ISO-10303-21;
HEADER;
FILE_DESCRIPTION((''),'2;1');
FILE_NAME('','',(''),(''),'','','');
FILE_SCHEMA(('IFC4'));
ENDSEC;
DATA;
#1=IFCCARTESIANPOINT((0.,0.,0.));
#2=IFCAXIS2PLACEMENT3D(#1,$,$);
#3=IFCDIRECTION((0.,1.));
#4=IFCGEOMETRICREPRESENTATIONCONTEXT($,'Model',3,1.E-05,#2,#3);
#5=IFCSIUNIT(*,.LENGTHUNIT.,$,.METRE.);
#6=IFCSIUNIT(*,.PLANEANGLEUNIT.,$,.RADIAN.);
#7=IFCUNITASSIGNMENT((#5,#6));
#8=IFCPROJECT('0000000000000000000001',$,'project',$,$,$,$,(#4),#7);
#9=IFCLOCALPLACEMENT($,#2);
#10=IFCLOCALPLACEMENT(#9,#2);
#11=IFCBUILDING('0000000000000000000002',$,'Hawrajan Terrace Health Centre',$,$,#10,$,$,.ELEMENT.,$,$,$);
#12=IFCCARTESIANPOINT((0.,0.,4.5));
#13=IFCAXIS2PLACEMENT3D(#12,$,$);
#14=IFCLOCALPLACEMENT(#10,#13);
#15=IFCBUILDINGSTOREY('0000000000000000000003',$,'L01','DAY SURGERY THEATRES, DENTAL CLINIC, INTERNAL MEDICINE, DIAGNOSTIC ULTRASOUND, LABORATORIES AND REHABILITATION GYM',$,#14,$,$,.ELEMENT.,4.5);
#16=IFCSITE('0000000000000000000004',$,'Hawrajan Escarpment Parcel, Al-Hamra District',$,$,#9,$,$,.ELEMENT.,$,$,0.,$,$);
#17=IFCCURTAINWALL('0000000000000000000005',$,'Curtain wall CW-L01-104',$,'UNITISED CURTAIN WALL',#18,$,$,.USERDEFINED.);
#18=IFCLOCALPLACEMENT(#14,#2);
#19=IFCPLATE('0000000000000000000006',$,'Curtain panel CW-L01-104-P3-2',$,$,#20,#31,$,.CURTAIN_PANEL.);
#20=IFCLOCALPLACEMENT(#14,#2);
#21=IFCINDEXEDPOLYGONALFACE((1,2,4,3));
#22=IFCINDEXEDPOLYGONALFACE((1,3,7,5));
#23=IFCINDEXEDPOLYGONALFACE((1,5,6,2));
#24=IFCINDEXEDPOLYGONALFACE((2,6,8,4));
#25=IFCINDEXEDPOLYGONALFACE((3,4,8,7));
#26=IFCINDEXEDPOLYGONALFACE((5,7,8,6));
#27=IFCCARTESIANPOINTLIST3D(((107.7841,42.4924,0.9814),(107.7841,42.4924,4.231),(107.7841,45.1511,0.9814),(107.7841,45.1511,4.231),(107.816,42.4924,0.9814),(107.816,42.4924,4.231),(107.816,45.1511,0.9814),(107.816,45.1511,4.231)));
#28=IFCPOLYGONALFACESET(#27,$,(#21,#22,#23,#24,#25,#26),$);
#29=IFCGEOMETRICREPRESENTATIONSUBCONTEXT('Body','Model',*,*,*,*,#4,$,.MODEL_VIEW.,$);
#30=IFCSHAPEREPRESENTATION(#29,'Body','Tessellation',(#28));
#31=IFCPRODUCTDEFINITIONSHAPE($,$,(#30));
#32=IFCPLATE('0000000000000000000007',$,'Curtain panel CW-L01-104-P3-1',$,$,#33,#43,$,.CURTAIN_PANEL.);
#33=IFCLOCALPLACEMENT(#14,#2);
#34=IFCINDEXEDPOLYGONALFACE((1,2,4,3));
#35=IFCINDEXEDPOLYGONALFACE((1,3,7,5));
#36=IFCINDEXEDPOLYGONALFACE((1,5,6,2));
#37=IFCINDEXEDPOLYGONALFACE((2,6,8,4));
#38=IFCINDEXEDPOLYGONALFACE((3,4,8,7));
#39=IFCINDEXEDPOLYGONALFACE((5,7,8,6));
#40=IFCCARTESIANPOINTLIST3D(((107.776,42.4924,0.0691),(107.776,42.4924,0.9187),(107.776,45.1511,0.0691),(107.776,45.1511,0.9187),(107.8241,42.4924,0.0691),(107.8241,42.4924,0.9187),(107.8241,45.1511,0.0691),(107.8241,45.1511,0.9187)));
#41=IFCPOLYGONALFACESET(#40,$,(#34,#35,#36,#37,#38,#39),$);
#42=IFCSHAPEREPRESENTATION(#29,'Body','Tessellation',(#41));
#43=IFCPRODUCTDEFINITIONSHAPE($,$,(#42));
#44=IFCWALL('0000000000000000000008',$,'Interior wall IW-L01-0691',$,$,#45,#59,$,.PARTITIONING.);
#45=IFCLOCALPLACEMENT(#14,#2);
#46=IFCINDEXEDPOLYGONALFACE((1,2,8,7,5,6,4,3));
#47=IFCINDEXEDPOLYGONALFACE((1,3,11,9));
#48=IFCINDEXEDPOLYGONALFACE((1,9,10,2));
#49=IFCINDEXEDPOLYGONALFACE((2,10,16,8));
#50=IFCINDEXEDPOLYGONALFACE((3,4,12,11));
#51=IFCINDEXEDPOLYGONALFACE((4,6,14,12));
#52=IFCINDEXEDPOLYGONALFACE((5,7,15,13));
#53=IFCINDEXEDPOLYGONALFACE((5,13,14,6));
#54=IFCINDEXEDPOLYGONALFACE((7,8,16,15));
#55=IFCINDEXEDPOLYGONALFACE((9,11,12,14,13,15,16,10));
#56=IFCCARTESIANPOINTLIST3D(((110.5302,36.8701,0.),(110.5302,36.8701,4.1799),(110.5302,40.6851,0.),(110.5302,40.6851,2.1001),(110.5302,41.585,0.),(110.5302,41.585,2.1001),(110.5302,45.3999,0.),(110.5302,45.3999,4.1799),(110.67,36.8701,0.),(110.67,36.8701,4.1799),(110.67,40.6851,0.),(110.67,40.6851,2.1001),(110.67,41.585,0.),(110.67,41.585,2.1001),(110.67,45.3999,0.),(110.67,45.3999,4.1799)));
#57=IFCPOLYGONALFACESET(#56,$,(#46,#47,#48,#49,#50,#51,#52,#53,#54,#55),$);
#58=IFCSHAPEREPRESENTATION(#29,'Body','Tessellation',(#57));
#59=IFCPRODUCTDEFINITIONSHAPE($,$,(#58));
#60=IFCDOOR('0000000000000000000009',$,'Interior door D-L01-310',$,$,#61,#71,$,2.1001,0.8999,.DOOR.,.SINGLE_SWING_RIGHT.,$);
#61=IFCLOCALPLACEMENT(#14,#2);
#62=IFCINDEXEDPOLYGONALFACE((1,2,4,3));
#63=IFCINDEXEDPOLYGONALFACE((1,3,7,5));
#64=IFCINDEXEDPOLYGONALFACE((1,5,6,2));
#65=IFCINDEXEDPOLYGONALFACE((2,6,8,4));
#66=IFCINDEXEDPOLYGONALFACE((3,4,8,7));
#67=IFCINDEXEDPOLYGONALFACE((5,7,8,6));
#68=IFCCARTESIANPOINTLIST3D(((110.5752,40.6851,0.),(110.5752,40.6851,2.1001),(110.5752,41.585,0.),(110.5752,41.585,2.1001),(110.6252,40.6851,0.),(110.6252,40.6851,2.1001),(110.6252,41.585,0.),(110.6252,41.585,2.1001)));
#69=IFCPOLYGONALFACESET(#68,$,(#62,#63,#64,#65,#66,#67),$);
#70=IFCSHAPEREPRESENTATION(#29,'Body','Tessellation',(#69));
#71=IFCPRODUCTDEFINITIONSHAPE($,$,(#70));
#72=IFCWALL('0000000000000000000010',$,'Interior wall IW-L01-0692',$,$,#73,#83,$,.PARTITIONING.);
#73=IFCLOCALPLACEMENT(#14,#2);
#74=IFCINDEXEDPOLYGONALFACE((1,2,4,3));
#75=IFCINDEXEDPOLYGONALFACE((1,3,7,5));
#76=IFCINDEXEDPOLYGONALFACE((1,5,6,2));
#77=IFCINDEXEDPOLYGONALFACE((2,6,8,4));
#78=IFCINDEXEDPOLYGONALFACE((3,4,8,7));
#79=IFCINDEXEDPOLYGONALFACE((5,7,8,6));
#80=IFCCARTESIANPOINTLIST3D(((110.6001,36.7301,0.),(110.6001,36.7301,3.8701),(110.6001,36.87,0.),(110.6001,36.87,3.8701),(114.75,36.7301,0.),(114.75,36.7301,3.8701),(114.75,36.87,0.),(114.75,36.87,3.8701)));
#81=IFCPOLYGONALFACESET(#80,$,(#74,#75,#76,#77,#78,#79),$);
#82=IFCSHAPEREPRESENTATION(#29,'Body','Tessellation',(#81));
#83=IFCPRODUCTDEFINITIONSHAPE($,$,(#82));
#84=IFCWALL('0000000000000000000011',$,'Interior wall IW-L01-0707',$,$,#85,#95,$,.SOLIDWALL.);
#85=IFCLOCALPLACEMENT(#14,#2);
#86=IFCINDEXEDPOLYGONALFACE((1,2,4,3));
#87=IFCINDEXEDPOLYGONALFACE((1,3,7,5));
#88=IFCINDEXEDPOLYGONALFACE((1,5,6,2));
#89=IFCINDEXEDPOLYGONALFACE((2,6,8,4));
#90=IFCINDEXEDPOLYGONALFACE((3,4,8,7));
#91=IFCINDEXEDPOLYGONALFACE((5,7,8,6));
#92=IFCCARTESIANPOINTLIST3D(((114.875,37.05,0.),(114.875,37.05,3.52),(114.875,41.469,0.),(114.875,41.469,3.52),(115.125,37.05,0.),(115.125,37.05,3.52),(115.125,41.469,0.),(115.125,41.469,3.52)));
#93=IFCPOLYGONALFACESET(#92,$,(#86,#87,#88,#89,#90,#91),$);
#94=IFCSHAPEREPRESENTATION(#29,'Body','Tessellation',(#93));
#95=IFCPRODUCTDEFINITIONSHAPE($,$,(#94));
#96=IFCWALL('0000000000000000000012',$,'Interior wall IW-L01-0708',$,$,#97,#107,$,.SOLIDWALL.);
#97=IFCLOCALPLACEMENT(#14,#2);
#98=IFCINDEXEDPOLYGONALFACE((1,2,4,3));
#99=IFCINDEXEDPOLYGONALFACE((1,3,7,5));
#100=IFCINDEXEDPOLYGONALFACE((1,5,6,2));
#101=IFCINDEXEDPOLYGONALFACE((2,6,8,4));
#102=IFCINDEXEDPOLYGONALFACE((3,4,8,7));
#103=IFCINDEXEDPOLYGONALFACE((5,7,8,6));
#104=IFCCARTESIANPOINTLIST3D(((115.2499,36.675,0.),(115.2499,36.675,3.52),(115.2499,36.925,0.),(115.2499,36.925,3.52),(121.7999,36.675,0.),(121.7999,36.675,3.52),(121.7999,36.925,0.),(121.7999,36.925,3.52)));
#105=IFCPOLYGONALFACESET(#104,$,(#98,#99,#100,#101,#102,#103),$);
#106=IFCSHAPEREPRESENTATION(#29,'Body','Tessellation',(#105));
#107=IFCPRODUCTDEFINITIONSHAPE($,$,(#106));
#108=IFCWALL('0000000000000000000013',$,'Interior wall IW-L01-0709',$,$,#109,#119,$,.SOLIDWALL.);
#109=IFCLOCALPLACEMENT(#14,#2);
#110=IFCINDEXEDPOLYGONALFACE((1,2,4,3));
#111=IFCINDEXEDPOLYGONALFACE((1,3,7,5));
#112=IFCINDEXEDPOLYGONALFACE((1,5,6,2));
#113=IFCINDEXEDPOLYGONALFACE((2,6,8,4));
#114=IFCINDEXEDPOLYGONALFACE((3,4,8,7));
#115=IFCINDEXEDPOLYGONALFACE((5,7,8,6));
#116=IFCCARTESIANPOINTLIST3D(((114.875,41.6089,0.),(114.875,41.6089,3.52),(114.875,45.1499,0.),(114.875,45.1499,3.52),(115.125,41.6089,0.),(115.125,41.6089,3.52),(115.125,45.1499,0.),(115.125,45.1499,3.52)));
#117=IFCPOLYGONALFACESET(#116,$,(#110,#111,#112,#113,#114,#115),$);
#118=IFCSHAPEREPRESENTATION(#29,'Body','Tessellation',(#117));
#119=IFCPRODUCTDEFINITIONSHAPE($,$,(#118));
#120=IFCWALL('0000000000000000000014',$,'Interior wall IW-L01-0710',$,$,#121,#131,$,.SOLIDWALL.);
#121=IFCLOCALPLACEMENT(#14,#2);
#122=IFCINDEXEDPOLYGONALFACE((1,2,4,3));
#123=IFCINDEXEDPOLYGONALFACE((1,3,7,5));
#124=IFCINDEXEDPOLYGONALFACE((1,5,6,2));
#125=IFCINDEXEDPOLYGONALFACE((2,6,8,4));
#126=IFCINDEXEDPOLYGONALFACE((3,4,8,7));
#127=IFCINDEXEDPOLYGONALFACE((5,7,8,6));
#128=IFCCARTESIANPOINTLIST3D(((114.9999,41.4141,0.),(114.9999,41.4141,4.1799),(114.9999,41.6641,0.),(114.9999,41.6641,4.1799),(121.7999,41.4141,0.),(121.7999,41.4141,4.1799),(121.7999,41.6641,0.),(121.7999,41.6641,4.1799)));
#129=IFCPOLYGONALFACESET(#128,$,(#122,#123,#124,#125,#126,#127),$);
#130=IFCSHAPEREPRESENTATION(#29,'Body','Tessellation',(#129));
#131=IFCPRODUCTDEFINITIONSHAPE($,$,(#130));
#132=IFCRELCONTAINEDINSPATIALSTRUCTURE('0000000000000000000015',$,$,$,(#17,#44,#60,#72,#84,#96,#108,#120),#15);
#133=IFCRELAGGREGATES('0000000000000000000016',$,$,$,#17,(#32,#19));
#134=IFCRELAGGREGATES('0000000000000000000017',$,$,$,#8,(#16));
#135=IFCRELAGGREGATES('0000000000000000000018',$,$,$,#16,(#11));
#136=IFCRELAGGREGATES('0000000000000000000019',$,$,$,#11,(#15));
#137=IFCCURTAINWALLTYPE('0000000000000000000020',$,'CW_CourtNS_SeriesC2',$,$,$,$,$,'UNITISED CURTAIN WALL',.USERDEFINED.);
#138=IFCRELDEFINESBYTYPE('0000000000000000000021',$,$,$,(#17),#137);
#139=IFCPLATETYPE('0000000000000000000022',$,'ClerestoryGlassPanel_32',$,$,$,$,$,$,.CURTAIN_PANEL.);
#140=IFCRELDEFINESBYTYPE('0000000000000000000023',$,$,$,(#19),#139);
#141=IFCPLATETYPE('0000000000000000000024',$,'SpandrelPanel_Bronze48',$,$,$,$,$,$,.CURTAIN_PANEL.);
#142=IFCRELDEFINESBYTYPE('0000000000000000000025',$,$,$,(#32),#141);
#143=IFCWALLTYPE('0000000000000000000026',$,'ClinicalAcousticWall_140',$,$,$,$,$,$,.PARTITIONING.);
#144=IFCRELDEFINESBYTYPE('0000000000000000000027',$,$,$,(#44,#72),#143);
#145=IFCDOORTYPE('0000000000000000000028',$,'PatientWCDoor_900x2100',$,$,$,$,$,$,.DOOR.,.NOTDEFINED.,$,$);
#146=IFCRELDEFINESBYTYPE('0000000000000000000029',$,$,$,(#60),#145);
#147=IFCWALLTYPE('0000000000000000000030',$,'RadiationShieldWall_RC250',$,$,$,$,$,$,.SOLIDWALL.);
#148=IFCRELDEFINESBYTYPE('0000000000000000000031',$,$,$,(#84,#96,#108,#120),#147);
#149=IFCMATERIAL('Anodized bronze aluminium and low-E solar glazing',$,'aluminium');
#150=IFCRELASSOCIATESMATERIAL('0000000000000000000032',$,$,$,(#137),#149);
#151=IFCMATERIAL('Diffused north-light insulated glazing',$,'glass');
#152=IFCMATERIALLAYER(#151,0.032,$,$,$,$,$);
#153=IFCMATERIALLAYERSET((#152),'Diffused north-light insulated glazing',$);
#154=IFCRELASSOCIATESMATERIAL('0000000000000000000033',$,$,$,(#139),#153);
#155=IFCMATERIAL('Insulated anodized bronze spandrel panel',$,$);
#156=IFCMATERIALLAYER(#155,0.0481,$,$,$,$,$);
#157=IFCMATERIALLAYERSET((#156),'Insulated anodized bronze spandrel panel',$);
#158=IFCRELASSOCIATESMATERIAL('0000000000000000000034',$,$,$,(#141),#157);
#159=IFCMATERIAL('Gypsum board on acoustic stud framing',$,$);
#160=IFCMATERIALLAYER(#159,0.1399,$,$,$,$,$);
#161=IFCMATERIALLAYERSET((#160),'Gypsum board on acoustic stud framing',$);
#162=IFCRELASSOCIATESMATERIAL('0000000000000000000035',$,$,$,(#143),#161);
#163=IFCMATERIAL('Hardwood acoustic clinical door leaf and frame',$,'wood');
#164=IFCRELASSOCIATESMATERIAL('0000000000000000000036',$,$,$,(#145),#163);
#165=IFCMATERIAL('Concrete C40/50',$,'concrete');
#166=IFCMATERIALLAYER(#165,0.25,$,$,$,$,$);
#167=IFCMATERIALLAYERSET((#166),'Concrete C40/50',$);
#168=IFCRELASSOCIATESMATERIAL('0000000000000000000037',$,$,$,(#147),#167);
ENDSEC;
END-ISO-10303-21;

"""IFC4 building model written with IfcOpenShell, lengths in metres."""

from ifc_helpers import new_model, si_unit, direction, frame, frame_2d, origin, origin_2d, place, context, subcontext, project, spatial, rectangle, extrude, material, layer, layer_set, type_object, element, fill, aggregate, save


model = new_model("IFC4")

# Units and contexts
model_context = context("Model", 3, precision=1e-05, world=origin(), true_north=direction((0.0, 1.0)))
body_context = subcontext(model_context, "Body", "Model", "MODEL_VIEW")
ifc_project = project(units=[si_unit("LENGTHUNIT", "METRE"), si_unit("PLANEANGLEUNIT", "RADIAN")], contexts=[model_context])

# Site, building, storey
site_placement = place(None, origin())
site = spatial("IfcSite", under=ifc_project, at=site_placement, Name="Hawrajan Escarpment Parcel, Al-Hamra District", CompositionType="ELEMENT", RefElevation=0.0)
building_placement = place(site_placement, origin())
building = spatial("IfcBuilding", under=site, at=building_placement, Name="Hawrajan Terrace Health Centre", CompositionType="ELEMENT")
storey_placement = place(building_placement, frame((0.0, 0.0, 4.5)))
storey = spatial("IfcBuildingStorey", under=building, at=storey_placement, Name="L01", Description="DAY SURGERY THEATRES, DENTAL CLINIC, INTERNAL MEDICINE, DIAGNOSTIC ULTRASOUND, LABORATORIES AND REHABILITATION GYM", CompositionType="ELEMENT", Elevation=4.5)

# Shared definitions
ifc_material_1 = material(Name="Concrete C40/50", Category="concrete")

# Shared definitions
ifc_material_2 = material(Name="Anodized bronze aluminium and low-E solar glazing", Category="aluminium")

# Curtain wall
curtain_wall_type_1 = type_object("IfcCurtainWallType", Name="CW_CourtNS_SeriesC2", ElementType="UNITISED CURTAIN WALL", PredefinedType="USERDEFINED", material=ifc_material_2)
curtain_wall_1_placement = place(storey_placement, origin())
curtain_wall_1 = element("IfcCurtainWall", 1, at=curtain_wall_1_placement, inside=storey, type_object=curtain_wall_type_1, Name="Curtain wall CW-L01-104", ObjectType="UNITISED CURTAIN WALL", PredefinedType="USERDEFINED")

# Plates
ifc_material_3 = material(Name="Diffused north-light insulated glazing", Category="glass")
ifc_layer_1 = layer(ifc_material_3, 0.032)
ifc_layer_set_1 = layer_set([ifc_layer_1], Name="Diffused north-light insulated glazing")
plate_type_1 = type_object("IfcPlateType", Name="ClerestoryGlassPanel_32", PredefinedType="CURTAIN_PANEL", material=ifc_layer_set_1)
plate_1_placement = place(storey_placement, frame((107.8, 43.8218, 0.9814), z_axis=(0.0, 0.0, 1.0), x_axis=(0.0, 1.0, 0.0)))
plate_1 = element("IfcPlate", 2, at=plate_1_placement, type_object=plate_type_1, Name="Curtain panel CW-L01-104-P3-2", PredefinedType="CURTAIN_PANEL", context=body_context, shape_type="SweptSolid", body=[
    extrude(rectangle(XDim=2.6587, YDim=0.032, at=origin_2d()), origin(), (0.0, 0.0, 1.0), 3.2495),
])
ifc_material_4 = material(Name="Insulated anodized bronze spandrel panel")
ifc_layer_2 = layer(ifc_material_4, 0.0481)
ifc_layer_set_2 = layer_set([ifc_layer_2], Name="Insulated anodized bronze spandrel panel")
plate_type_2 = type_object("IfcPlateType", Name="SpandrelPanel_Bronze48", PredefinedType="CURTAIN_PANEL", material=ifc_layer_set_2)
plate_2_placement = place(storey_placement, frame((107.8, 43.8218, 0.0691), z_axis=(0.0, 0.0, 1.0), x_axis=(0.0, 1.0, 0.0)))
plate_2 = element("IfcPlate", 3, at=plate_2_placement, type_object=plate_type_2, Name="Curtain panel CW-L01-104-P3-1", PredefinedType="CURTAIN_PANEL", context=body_context, shape_type="SweptSolid", body=[
    extrude(rectangle(XDim=2.6587, YDim=0.0481, at=origin_2d()), origin(), (0.0, 0.0, 1.0), 0.8496),
])
aggregate(curtain_wall_1, [plate_2, plate_1])

# Wall, opening, door
ifc_material_5 = material(Name="Gypsum board on acoustic stud framing")
ifc_layer_3 = layer(ifc_material_5, 0.1399)
ifc_layer_set_3 = layer_set([ifc_layer_3], Name="Gypsum board on acoustic stud framing")
wall_type_1 = type_object("IfcWallType", Name="ClinicalAcousticWall_140", PredefinedType="PARTITIONING", material=ifc_layer_set_3)
wall_1_placement = place(storey_placement, frame((110.6001, 36.8701, 0.0), z_axis=(0.0, 0.0, 1.0), x_axis=(0.0, 1.0, 0.0)))
wall_1 = element("IfcWall", 4, at=wall_1_placement, inside=storey, type_object=wall_type_1, Name="Interior wall IW-L01-0691", PredefinedType="PARTITIONING", context=body_context, shape_type="SweptSolid", body=[
    extrude(rectangle(XDim=8.5298, YDim=0.1399, at=frame_2d((4.2649, 0.0))), origin(), (0.0, 0.0, 1.0), 4.1799),
])
opening_placement = place(wall_1_placement, frame((3.8149, 0.0, 0.0)))
opening = element("IfcOpeningElement", 5, at=opening_placement, cuts=wall_1, PredefinedType="OPENING", context=body_context, shape_type="SweptSolid", body=[
    extrude(rectangle(XDim=0.8999, YDim=2.1001, at=frame_2d((0.45, 1.05))), frame((0.0, 0.0798, 0.0), z_axis=(0.0, -1.0, 0.0), x_axis=(1.0, 0.0, 0.0)), (0.0, 0.0, 1.0), 0.1599),
])
ifc_material_6 = material(Name="Hardwood acoustic clinical door leaf and frame", Category="wood")
door_type = type_object("IfcDoorType", Name="PatientWCDoor_900x2100", OperationType="NOTDEFINED", PredefinedType="DOOR", material=ifc_material_6)
door_placement = place(opening_placement, origin())
door = element("IfcDoor", 6, at=door_placement, inside=storey, type_object=door_type, Name="Interior door D-L01-310", OperationType="SINGLE_SWING_RIGHT", OverallHeight=2.1001, OverallWidth=0.8999, PredefinedType="DOOR", context=body_context, shape_type="SweptSolid", body=[
    extrude(rectangle(XDim=0.8999, YDim=2.1001, at=frame_2d((0.45, 1.05))), frame((0.0, 0.0249, 0.0), z_axis=(0.0, -1.0, 0.0), x_axis=(1.0, 0.0, 0.0)), (0.0, 0.0, 1.0), 0.05),
])
fill(opening, door)

# Walls
wall_2_placement = place(storey_placement, frame((110.6001, 36.8, 0.0), z_axis=(0.0, 0.0, 1.0), x_axis=(1.0, 0.0, 0.0)))
element("IfcWall", 7, at=wall_2_placement, inside=storey, type_object=wall_type_1, Name="Interior wall IW-L01-0692", PredefinedType="PARTITIONING", context=body_context, shape_type="SweptSolid", body=[
    extrude(rectangle(XDim=4.1499, YDim=0.1399, at=frame_2d((2.075, 0.0))), origin(), (0.0, 0.0, 1.0), 3.8701),
])
ifc_layer_4 = layer(ifc_material_1, 0.25)
ifc_layer_set_4 = layer_set([ifc_layer_4], Name="Concrete C40/50")
wall_type_2 = type_object("IfcWallType", Name="RadiationShieldWall_RC250", PredefinedType="SOLIDWALL", material=ifc_layer_set_4)
wall_3_placement = place(storey_placement, frame((115.0, 37.05, 0.0), z_axis=(0.0, 0.0, 1.0), x_axis=(0.0, 1.0, 0.0)))
element("IfcWall", 8, at=wall_3_placement, inside=storey, type_object=wall_type_2, Name="Interior wall IW-L01-0707", PredefinedType="SOLIDWALL", context=body_context, shape_type="SweptSolid", body=[
    extrude(rectangle(XDim=4.4189, YDim=0.25, at=frame_2d((2.2095, 0.0))), origin(), (0.0, 0.0, 1.0), 3.52),
])
wall_4_placement = place(storey_placement, frame((115.25, 36.8, 0.0), z_axis=(0.0, 0.0, 1.0), x_axis=(1.0, 0.0, 0.0)))
element("IfcWall", 9, at=wall_4_placement, inside=storey, type_object=wall_type_2, Name="Interior wall IW-L01-0708", PredefinedType="SOLIDWALL", context=body_context, shape_type="SweptSolid", body=[
    extrude(rectangle(XDim=6.55, YDim=0.25, at=frame_2d((3.2749, 0.0))), origin(), (0.0, 0.0, 1.0), 3.52),
])
wall_5_placement = place(storey_placement, frame((115.0, 41.6089, 0.0), z_axis=(0.0, 0.0, 1.0), x_axis=(0.0, 1.0, 0.0)))
element("IfcWall", 10, at=wall_5_placement, inside=storey, type_object=wall_type_2, Name="Interior wall IW-L01-0709", PredefinedType="SOLIDWALL", context=body_context, shape_type="SweptSolid", body=[
    extrude(rectangle(XDim=3.541, YDim=0.25, at=frame_2d((1.7705, 0.0))), origin(), (0.0, 0.0, 1.0), 3.52),
])
wall_6_placement = place(storey_placement, frame((115.0, 41.5391, 0.0), z_axis=(0.0, 0.0, 1.0), x_axis=(1.0, 0.0, 0.0)))
element("IfcWall", 11, at=wall_6_placement, inside=storey, type_object=wall_type_2, Name="Interior wall IW-L01-0710", PredefinedType="SOLIDWALL", context=body_context, shape_type="SweptSolid", body=[
    extrude(rectangle(XDim=6.8, YDim=0.25, at=frame_2d((3.3999, 0.0))), origin(), (0.0, 0.0, 1.0), 4.1799),
])

save(model, "model.ifc")
